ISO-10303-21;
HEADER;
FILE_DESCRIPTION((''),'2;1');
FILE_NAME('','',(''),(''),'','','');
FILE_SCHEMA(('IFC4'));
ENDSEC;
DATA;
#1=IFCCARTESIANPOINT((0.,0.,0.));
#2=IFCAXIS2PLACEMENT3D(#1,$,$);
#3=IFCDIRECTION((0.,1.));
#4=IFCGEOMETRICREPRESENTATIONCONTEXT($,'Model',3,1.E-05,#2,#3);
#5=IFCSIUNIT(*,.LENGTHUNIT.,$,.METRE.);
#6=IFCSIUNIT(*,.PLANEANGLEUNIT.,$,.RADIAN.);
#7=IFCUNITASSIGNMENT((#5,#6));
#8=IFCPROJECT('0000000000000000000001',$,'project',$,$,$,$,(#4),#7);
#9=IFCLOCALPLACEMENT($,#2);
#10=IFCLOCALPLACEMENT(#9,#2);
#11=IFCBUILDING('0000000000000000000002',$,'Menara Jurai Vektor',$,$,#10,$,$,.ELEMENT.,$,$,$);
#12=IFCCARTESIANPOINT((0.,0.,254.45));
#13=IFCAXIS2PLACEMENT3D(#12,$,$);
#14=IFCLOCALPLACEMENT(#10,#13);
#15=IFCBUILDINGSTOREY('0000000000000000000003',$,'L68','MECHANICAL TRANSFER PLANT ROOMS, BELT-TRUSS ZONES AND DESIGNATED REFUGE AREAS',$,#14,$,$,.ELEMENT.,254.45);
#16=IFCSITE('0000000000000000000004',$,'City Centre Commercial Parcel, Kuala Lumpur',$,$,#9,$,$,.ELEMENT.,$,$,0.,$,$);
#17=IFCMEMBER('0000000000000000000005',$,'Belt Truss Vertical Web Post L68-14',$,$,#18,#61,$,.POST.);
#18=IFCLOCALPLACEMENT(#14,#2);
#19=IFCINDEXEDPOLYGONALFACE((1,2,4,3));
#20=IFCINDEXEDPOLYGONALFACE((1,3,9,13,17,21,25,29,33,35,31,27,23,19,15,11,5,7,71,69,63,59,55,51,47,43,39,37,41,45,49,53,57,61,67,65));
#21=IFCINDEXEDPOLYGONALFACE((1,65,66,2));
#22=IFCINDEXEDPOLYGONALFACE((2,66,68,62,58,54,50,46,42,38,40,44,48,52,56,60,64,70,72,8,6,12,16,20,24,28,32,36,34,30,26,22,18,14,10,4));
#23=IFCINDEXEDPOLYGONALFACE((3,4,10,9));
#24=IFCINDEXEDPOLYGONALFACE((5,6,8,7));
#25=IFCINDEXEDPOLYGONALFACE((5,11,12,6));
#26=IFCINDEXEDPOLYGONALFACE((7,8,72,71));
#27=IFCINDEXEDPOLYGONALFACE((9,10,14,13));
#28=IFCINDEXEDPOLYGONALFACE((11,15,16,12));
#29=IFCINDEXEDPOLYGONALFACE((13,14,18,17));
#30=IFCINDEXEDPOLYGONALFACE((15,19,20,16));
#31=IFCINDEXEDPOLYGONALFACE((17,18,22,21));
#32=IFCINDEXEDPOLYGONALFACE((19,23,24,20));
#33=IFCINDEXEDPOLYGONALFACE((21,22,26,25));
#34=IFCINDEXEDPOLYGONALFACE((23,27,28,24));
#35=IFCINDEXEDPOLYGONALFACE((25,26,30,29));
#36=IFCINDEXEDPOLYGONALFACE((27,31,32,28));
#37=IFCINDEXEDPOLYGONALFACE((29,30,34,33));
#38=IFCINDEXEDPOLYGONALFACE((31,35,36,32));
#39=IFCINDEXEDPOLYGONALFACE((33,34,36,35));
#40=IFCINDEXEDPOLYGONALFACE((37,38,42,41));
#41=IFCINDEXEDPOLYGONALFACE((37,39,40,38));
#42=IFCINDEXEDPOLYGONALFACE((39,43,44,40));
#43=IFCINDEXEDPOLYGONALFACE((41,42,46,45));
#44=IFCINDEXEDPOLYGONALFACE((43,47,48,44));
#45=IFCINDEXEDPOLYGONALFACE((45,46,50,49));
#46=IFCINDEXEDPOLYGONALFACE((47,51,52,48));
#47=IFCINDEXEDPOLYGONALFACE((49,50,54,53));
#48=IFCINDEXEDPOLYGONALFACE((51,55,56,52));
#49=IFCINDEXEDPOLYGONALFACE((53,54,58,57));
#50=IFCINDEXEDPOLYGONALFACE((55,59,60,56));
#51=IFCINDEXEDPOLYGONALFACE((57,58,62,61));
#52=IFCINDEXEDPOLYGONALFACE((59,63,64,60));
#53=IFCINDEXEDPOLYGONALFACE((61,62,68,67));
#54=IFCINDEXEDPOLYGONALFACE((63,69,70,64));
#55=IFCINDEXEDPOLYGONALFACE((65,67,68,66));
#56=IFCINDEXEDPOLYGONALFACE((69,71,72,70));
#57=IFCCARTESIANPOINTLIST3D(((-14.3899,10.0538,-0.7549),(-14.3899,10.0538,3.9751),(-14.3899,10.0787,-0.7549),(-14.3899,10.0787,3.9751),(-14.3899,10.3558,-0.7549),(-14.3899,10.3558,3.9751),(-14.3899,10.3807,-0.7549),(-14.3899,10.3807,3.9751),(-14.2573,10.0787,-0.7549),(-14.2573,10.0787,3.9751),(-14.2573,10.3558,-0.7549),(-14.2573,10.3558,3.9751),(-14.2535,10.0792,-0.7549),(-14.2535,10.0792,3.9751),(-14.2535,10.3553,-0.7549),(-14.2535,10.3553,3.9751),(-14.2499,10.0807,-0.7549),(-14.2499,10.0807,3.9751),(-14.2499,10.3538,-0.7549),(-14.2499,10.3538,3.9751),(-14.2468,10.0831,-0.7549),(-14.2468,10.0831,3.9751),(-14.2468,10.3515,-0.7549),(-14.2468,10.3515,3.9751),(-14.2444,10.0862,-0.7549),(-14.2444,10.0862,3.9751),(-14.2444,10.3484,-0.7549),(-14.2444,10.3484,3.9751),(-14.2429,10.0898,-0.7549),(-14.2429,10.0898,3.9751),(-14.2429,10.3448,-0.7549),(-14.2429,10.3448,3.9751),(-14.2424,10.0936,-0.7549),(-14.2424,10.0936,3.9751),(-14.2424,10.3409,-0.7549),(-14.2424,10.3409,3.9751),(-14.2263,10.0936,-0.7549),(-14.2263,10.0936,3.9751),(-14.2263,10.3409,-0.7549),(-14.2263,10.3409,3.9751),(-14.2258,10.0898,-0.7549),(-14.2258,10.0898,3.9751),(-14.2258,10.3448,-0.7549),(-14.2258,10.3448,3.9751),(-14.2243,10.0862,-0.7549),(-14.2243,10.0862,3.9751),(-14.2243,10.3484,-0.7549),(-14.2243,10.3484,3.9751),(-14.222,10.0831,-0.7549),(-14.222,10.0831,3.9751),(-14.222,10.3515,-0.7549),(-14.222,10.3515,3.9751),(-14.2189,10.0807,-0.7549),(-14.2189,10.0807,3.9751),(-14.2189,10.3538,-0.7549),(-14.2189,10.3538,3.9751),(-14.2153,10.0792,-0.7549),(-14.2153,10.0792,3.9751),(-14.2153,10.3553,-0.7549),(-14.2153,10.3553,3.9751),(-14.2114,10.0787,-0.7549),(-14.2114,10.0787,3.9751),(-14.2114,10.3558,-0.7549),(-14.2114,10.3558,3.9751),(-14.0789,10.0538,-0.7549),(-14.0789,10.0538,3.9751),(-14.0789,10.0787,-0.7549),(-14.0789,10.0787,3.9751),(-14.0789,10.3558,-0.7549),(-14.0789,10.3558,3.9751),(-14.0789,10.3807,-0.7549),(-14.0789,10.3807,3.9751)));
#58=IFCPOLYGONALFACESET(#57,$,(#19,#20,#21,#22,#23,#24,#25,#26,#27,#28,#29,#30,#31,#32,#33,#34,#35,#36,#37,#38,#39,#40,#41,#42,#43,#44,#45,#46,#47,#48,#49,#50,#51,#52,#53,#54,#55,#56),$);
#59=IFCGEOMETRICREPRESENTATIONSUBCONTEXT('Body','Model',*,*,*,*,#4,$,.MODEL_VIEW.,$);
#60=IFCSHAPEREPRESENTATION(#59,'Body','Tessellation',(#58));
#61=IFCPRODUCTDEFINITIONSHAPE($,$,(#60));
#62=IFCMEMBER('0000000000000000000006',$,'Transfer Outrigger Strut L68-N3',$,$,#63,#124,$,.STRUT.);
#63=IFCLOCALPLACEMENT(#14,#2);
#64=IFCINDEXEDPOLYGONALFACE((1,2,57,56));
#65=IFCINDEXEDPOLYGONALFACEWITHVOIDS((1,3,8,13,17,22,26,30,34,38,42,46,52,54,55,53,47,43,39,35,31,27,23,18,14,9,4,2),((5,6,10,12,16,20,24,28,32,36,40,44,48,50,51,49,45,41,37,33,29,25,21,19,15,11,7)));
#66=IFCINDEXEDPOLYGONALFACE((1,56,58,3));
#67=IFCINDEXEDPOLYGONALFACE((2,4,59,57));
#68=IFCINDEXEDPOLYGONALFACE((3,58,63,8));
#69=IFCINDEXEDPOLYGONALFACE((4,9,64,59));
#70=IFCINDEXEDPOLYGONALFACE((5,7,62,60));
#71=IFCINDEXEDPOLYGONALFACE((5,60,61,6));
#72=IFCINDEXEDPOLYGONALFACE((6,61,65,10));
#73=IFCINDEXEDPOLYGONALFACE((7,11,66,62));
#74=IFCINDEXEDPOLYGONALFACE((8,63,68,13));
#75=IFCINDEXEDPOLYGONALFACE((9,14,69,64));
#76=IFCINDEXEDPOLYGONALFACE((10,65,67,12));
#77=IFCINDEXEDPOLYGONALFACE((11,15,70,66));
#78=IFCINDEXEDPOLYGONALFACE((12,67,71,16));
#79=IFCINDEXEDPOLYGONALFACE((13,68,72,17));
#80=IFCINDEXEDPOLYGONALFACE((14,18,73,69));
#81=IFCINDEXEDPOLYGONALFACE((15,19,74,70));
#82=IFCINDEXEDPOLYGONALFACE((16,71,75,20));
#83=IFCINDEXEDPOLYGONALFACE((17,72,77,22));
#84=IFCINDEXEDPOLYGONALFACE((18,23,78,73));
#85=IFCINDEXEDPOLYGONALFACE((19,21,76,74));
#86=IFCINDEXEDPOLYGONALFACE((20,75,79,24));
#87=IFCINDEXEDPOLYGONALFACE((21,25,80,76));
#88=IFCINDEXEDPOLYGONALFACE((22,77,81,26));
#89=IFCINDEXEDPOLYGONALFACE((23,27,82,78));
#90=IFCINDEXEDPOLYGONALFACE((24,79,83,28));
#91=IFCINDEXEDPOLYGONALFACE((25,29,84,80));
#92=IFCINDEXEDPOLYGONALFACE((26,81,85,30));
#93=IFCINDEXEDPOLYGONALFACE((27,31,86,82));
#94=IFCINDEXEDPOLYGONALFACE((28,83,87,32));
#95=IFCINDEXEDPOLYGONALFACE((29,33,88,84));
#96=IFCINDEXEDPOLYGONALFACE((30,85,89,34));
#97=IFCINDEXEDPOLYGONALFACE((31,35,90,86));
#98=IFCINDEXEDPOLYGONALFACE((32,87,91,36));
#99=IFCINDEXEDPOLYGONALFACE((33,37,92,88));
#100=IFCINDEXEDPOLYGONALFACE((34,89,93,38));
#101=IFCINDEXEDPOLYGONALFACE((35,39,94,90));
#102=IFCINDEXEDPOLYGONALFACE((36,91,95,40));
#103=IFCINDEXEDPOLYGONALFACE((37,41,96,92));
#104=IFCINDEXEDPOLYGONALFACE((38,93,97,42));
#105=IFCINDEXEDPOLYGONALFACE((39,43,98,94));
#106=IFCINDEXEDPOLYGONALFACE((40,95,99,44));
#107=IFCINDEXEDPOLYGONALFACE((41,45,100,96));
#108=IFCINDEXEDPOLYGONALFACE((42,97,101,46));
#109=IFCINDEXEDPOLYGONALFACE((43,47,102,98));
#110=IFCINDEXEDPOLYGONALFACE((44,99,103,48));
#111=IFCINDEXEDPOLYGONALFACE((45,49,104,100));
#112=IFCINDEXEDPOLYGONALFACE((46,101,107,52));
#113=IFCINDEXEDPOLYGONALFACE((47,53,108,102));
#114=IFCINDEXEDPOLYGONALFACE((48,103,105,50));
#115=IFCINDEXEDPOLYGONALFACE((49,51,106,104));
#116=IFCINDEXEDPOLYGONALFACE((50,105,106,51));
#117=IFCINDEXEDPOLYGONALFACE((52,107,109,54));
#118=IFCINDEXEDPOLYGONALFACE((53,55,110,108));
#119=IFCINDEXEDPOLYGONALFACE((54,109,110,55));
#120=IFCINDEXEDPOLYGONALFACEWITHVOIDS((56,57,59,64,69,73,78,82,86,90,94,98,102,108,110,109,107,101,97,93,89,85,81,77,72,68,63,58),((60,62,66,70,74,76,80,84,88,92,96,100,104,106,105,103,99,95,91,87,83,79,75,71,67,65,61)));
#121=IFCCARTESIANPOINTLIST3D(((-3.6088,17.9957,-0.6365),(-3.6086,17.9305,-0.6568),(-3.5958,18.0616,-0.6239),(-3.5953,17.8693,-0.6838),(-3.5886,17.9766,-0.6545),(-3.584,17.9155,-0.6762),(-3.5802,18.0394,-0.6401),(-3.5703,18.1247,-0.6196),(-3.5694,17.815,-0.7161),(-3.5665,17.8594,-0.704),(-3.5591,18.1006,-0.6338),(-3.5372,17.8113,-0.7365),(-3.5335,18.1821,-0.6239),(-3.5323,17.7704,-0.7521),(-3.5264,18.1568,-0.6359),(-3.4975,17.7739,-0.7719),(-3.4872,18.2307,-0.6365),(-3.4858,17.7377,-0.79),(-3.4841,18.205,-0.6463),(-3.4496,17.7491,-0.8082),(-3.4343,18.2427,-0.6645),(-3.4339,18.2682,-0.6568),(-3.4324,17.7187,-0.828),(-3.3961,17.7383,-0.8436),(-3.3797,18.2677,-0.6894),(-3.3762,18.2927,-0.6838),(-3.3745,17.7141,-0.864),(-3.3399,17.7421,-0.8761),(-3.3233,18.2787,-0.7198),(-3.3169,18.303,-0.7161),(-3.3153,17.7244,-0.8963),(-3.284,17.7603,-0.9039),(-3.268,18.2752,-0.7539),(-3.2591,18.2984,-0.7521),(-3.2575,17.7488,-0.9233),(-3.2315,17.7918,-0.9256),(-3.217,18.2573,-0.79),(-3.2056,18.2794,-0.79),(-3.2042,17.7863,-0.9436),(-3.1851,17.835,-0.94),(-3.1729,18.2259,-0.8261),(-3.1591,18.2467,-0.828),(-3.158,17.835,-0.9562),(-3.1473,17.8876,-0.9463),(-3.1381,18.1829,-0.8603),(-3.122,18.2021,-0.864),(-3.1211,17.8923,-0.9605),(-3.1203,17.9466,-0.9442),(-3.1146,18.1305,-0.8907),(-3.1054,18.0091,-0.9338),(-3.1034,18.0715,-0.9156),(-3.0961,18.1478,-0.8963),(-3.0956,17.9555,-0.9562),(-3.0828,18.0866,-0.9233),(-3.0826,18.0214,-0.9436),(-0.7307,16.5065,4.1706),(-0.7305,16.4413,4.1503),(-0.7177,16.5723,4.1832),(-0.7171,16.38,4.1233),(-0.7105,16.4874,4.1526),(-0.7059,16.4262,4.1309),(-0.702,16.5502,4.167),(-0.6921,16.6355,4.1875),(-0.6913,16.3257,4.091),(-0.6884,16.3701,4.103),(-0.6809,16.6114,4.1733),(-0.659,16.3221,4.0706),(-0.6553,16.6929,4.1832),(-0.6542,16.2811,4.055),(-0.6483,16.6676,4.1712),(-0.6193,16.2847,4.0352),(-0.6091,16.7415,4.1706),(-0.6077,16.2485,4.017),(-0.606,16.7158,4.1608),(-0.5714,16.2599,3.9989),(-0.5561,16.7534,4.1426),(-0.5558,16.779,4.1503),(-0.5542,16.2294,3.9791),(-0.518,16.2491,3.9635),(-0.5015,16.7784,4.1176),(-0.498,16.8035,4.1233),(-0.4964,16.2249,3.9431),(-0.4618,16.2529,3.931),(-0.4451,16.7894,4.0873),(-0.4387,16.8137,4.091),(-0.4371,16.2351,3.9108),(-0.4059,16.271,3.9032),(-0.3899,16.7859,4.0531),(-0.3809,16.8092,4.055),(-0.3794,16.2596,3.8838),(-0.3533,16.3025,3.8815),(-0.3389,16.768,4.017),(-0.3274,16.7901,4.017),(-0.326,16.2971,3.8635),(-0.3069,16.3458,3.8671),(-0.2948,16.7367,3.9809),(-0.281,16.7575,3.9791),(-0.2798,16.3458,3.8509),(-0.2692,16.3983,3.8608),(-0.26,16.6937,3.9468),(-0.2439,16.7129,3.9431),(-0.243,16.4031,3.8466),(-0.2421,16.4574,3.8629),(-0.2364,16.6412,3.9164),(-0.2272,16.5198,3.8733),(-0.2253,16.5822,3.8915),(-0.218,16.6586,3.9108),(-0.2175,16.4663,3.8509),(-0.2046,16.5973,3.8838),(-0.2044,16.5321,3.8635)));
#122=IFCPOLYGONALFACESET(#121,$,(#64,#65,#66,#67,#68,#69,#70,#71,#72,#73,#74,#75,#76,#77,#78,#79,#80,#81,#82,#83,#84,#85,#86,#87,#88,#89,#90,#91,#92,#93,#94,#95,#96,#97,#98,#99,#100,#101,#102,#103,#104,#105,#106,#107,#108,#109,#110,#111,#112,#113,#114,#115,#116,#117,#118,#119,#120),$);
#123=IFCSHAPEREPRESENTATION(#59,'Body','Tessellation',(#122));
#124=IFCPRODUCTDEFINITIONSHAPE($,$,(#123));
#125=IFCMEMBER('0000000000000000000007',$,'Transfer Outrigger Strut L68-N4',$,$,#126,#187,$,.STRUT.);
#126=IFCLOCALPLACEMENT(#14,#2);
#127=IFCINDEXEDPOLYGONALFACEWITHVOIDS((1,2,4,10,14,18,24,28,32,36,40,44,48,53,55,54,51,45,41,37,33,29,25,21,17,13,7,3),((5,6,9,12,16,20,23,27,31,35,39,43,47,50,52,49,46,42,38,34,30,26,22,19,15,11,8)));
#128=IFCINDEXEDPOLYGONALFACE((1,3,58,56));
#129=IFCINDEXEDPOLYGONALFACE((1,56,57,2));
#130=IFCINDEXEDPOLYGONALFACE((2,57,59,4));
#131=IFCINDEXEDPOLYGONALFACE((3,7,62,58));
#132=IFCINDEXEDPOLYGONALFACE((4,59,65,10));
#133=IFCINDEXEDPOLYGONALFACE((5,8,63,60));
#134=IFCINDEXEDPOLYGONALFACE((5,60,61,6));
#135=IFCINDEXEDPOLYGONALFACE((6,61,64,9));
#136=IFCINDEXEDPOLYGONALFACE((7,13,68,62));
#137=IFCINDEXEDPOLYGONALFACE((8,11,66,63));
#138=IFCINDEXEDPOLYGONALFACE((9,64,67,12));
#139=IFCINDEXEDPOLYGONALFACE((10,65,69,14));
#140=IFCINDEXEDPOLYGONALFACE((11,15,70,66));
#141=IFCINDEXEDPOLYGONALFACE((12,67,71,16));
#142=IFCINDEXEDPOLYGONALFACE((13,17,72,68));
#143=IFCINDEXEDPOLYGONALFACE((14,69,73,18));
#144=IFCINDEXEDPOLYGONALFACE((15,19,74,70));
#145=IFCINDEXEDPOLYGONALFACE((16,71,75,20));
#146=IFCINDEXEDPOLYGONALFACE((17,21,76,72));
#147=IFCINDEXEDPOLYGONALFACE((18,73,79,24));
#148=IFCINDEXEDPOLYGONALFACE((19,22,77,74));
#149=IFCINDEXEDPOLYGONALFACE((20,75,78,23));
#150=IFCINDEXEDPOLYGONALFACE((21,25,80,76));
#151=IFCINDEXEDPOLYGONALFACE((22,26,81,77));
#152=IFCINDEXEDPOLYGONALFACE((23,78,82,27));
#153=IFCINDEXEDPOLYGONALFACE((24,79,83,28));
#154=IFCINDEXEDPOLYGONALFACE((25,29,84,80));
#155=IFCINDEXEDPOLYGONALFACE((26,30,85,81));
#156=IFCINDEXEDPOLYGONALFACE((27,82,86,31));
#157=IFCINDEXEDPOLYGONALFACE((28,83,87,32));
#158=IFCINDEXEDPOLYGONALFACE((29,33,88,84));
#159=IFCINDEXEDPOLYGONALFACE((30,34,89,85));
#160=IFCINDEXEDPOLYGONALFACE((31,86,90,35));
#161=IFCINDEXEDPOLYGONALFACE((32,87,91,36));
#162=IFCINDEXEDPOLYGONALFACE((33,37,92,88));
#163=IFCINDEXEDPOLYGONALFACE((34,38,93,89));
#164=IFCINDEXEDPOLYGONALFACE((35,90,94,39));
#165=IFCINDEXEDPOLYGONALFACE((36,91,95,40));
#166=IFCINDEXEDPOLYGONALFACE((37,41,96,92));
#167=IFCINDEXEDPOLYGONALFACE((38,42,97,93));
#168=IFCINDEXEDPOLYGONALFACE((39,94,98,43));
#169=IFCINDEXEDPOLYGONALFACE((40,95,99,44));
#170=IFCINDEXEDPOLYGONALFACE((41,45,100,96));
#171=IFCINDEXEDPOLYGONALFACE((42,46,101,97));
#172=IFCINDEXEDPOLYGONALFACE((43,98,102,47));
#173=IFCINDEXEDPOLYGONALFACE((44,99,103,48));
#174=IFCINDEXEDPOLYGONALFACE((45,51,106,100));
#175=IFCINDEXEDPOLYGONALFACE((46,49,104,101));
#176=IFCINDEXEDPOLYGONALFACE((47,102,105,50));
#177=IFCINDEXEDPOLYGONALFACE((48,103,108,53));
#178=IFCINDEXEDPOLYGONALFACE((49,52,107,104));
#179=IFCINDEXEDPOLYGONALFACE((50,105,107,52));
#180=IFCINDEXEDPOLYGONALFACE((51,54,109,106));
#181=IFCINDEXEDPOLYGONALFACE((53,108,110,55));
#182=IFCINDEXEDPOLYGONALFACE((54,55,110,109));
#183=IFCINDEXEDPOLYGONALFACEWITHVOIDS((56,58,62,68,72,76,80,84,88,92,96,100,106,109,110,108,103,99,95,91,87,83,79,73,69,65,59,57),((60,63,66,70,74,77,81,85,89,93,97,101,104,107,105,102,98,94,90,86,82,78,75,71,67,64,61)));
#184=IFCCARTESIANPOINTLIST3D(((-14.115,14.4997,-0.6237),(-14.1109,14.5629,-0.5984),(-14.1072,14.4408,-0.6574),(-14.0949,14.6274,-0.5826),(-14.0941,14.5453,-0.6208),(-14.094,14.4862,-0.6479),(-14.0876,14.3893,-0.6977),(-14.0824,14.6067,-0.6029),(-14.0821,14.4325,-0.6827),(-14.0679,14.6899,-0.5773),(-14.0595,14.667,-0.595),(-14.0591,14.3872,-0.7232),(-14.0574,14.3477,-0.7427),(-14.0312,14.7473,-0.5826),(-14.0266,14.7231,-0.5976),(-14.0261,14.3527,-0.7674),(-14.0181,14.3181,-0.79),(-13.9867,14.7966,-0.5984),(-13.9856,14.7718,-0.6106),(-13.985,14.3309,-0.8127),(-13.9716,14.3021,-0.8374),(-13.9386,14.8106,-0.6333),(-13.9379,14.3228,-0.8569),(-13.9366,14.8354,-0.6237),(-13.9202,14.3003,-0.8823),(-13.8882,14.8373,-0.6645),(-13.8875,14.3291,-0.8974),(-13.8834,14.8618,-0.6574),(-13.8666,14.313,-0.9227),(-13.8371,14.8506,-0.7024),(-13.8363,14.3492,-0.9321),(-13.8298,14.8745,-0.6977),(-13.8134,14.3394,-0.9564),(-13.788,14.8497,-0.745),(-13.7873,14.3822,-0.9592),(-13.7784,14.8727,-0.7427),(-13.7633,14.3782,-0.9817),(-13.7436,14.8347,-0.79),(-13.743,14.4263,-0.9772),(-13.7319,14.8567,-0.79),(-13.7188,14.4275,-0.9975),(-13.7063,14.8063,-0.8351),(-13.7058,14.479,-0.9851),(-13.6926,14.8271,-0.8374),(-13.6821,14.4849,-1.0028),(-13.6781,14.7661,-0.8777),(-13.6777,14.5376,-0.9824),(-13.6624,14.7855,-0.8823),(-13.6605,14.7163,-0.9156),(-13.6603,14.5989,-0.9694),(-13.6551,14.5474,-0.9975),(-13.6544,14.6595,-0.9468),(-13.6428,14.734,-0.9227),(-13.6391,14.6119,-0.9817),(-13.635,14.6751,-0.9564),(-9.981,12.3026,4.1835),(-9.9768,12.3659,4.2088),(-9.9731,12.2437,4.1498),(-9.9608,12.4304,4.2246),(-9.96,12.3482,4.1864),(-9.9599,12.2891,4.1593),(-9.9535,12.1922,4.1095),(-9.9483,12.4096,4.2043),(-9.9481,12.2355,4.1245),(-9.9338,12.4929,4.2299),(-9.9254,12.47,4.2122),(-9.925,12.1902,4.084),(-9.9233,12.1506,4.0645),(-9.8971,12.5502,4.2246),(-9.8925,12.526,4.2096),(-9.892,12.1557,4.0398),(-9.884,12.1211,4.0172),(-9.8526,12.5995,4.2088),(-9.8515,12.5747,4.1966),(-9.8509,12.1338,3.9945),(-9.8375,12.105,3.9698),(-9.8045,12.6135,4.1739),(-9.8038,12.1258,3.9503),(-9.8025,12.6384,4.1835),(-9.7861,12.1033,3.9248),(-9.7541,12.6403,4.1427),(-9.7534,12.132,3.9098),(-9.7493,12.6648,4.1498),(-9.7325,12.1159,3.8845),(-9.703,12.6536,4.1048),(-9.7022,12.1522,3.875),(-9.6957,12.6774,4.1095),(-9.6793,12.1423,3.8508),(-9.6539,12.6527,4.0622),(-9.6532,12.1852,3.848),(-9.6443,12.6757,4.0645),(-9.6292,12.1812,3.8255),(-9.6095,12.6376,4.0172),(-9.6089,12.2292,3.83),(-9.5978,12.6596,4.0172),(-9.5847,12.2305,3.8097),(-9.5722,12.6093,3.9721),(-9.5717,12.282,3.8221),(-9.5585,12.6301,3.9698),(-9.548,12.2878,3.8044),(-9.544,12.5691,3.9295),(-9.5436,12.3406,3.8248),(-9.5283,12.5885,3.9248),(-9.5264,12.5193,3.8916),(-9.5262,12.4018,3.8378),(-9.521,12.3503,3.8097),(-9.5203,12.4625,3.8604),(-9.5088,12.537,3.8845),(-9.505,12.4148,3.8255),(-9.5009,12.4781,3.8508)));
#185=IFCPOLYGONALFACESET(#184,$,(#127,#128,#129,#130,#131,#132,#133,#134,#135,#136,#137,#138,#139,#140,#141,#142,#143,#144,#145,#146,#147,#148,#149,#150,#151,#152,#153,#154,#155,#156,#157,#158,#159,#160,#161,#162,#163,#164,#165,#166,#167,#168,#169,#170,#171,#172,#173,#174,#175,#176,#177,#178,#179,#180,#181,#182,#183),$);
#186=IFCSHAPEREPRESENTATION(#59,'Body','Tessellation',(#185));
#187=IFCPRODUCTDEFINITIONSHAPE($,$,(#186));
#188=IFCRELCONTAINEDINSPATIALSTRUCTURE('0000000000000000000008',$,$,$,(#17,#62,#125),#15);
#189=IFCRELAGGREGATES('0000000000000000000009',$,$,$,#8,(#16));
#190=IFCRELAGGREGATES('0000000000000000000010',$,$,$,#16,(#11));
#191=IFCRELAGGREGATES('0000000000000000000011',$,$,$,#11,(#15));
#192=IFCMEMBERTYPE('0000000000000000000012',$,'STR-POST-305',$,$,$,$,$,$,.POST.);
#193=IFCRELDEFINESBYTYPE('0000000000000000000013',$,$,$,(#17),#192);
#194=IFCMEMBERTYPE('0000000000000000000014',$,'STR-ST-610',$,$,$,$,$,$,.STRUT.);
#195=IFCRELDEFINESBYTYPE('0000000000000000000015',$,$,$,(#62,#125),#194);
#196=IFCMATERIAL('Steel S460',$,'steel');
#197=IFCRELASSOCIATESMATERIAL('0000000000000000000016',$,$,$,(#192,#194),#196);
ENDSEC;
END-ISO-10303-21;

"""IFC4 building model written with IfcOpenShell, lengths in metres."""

from ifc_helpers import new_model, si_unit, direction, frame, origin, origin_2d, place, context, subcontext, project, spatial, hollow_circle, i_section, extrude, material, material_profile, profile_set, type_object, element, save


model = new_model("IFC4")

# Units and contexts
model_context = context("Model", 3, precision=1e-05, world=origin(), true_north=direction((0.0, 1.0)))
body_context = subcontext(model_context, "Body", "Model", "MODEL_VIEW")
ifc_project = project(units=[si_unit("LENGTHUNIT", "METRE"), si_unit("PLANEANGLEUNIT", "RADIAN")], contexts=[model_context])

# Site, building, storey
site_placement = place(None, origin())
site = spatial("IfcSite", under=ifc_project, at=site_placement, Name="City Centre Commercial Parcel, Kuala Lumpur", CompositionType="ELEMENT", RefElevation=0.0)
building_placement = place(site_placement, origin())
building = spatial("IfcBuilding", under=site, at=building_placement, Name="Menara Jurai Vektor", CompositionType="ELEMENT")
storey_placement = place(building_placement, frame((0.0, 0.0, 254.45)))
storey = spatial("IfcBuildingStorey", under=building, at=storey_placement, Name="L68", Description="MECHANICAL TRANSFER PLANT ROOMS, BELT-TRUSS ZONES AND DESIGNATED REFUGE AREAS", CompositionType="ELEMENT", Elevation=254.45)

# Shared definitions
ifc_material_1 = material(Name="Steel S460", Category="steel")

# Members
ifc_material_profile_1 = material_profile(ifc_material_1, i_section(OverallWidth=0.311, OverallDepth=0.3269, WebThickness=0.0161, FlangeThickness=0.0249, FilletRadius=0.0149, at=origin_2d()), Name="UKC 305x305x158")
ifc_profile_set_1 = profile_set([ifc_material_profile_1], Name="Steel S460")
member_type_1 = type_object("IfcMemberType", Name="STR-POST-305", PredefinedType="POST", material=ifc_profile_set_1)
for number, where, z_axis, x_axis, name in (
    (1, (-14.2344, 10.2173, -0.7549), (0.0, 0.0, 1.0), (1.0, 0.0, 0.0), "Belt Truss Vertical Web Post L68-14"),
):
    element("IfcMember", number, at=place(storey_placement, frame(where, z_axis=z_axis, x_axis=x_axis)), inside=storey, type_object=member_type_1, Name=name, PredefinedType="POST", context=body_context, shape_type="SweptSolid", body=[
        extrude(i_section(OverallWidth=0.311, OverallDepth=0.3269, WebThickness=0.0161, FlangeThickness=0.0249, FilletRadius=0.0149, at=origin_2d()), origin(), (0.0, 0.0, 1.0), 4.73),
    ])
ifc_material_profile_2 = material_profile(ifc_material_1, hollow_circle(Radius=0.3049, WallThickness=0.0249, at=origin_2d()), Name="CHS 610x25")
ifc_profile_set_2 = profile_set([ifc_material_profile_2], Name="Steel S460")
member_type_2 = type_object("IfcMemberType", Name="STR-ST-610", PredefinedType="STRUT", material=ifc_profile_set_2)
member_1_placement = place(storey_placement, frame((-3.3457, 18.0085, -0.79), z_axis=(0.496456, -0.256882, 0.829182), x_axis=(0.459556, 0.888149, 0.0)))
element("IfcMember", 2, at=member_1_placement, inside=storey, type_object=member_type_2, Name="Transfer Outrigger Strut L68-N3", PredefinedType="STRUT", context=body_context, shape_type="SweptSolid", body=[
    extrude(hollow_circle(Radius=0.3049, WallThickness=0.0249, at=origin_2d()), origin(), (0.0, 0.0, 1.0), 5.7974),
])
member_2_placement = place(storey_placement, frame((-13.875, 14.5874, -0.79), z_axis=(0.61609, -0.327419, 0.716401), x_axis=(0.469291, 0.883043, 0.0)))
element("IfcMember", 3, at=member_2_placement, inside=storey, type_object=member_type_2, Name="Transfer Outrigger Strut L68-N4", PredefinedType="STRUT", context=body_context, shape_type="SweptSolid", body=[
    extrude(hollow_circle(Radius=0.3049, WallThickness=0.0249, at=origin_2d()), origin(), (0.0, 0.0, 1.0), 6.7102),
])

save(model, "model.ifc")
